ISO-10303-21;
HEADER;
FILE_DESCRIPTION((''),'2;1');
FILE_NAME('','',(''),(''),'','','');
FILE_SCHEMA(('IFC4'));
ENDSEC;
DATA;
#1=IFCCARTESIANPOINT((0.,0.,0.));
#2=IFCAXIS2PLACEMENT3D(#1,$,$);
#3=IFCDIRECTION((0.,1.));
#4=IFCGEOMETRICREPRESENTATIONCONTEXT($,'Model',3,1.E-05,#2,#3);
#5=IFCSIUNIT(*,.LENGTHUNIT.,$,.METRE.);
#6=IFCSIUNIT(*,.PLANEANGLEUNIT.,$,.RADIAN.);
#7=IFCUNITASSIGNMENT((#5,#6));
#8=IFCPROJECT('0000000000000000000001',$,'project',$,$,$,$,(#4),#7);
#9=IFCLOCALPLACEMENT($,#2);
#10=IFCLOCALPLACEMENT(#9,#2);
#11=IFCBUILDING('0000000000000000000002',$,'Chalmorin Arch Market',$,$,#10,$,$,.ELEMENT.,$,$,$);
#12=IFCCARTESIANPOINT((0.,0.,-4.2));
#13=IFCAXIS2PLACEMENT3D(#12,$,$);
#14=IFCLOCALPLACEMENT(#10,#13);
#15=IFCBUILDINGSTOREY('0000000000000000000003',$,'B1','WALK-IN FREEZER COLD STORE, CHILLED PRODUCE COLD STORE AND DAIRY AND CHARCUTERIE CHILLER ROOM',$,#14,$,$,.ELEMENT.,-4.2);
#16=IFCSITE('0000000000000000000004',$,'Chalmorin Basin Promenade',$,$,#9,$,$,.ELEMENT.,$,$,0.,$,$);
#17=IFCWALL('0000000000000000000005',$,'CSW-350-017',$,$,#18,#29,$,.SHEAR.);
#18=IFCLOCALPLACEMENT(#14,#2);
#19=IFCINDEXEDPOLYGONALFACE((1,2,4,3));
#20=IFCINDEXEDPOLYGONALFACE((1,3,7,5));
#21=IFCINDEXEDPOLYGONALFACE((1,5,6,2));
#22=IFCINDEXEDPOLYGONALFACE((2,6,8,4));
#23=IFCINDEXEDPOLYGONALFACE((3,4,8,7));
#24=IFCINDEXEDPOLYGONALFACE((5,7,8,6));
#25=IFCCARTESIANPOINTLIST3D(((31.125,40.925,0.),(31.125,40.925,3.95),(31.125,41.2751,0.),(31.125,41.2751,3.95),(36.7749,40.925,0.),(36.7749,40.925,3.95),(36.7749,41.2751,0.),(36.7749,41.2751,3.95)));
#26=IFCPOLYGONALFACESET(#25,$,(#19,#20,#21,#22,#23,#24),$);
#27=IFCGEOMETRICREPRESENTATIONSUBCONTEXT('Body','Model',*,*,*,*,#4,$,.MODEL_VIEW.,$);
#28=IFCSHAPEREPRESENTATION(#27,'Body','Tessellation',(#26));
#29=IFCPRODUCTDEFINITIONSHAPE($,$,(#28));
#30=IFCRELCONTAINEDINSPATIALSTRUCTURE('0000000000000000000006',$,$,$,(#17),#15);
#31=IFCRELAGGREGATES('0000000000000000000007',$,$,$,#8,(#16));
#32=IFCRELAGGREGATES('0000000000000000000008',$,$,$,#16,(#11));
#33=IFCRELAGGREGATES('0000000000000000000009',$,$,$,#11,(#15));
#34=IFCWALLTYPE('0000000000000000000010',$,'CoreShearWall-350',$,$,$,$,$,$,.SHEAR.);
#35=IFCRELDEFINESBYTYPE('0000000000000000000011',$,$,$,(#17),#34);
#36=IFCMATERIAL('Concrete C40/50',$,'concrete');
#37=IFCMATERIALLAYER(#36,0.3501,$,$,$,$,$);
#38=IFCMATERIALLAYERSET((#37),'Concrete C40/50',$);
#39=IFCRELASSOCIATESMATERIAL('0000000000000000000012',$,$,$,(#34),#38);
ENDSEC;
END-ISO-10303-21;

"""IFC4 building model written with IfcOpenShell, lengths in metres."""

from ifc_helpers import new_model, si_unit, direction, frame, frame_2d, origin, place, context, subcontext, project, spatial, rectangle, extrude, material, layer, layer_set, type_object, element, save


model = new_model("IFC4")

# Units and contexts
model_context = context("Model", 3, precision=1e-05, world=origin(), true_north=direction((0.0, 1.0)))
body_context = subcontext(model_context, "Body", "Model", "MODEL_VIEW")
ifc_project = project(units=[si_unit("LENGTHUNIT", "METRE"), si_unit("PLANEANGLEUNIT", "RADIAN")], contexts=[model_context])

# Site, building, storey
site_placement = place(None, origin())
site = spatial("IfcSite", under=ifc_project, at=site_placement, Name="Chalmorin Basin Promenade", CompositionType="ELEMENT", RefElevation=0.0)
building_placement = place(site_placement, origin())
building = spatial("IfcBuilding", under=site, at=building_placement, Name="Chalmorin Arch Market", CompositionType="ELEMENT")
storey_placement = place(building_placement, frame((0.0, 0.0, -4.2)))
storey = spatial("IfcBuildingStorey", under=building, at=storey_placement, Name="B1", Description="WALK-IN FREEZER COLD STORE, CHILLED PRODUCE COLD STORE AND DAIRY AND CHARCUTERIE CHILLER ROOM", CompositionType="ELEMENT", Elevation=-4.2)

# Shared definitions
ifc_material_1 = material(Name="Concrete C40/50", Category="concrete")

# Wall
ifc_layer_1 = layer(ifc_material_1, 0.3501)
ifc_layer_set_1 = layer_set([ifc_layer_1], Name="Concrete C40/50")
wall_type = type_object("IfcWallType", Name="CoreShearWall-350", PredefinedType="SHEAR", material=ifc_layer_set_1)
wall_placement = place(storey_placement, frame((36.7749, 41.1001, 0.0), z_axis=(0.0, 0.0, 1.0), x_axis=(-1.0, 0.0, 0.0)))
element("IfcWall", 1, at=wall_placement, inside=storey, type_object=wall_type, Name="CSW-350-017", PredefinedType="SHEAR", context=body_context, shape_type="SweptSolid", body=[
    extrude(rectangle(XDim=5.6499, YDim=0.3501, at=frame_2d((2.825, 0.0))), origin(), (0.0, 0.0, 1.0), 3.95),
])

save(model, "model.ifc")
